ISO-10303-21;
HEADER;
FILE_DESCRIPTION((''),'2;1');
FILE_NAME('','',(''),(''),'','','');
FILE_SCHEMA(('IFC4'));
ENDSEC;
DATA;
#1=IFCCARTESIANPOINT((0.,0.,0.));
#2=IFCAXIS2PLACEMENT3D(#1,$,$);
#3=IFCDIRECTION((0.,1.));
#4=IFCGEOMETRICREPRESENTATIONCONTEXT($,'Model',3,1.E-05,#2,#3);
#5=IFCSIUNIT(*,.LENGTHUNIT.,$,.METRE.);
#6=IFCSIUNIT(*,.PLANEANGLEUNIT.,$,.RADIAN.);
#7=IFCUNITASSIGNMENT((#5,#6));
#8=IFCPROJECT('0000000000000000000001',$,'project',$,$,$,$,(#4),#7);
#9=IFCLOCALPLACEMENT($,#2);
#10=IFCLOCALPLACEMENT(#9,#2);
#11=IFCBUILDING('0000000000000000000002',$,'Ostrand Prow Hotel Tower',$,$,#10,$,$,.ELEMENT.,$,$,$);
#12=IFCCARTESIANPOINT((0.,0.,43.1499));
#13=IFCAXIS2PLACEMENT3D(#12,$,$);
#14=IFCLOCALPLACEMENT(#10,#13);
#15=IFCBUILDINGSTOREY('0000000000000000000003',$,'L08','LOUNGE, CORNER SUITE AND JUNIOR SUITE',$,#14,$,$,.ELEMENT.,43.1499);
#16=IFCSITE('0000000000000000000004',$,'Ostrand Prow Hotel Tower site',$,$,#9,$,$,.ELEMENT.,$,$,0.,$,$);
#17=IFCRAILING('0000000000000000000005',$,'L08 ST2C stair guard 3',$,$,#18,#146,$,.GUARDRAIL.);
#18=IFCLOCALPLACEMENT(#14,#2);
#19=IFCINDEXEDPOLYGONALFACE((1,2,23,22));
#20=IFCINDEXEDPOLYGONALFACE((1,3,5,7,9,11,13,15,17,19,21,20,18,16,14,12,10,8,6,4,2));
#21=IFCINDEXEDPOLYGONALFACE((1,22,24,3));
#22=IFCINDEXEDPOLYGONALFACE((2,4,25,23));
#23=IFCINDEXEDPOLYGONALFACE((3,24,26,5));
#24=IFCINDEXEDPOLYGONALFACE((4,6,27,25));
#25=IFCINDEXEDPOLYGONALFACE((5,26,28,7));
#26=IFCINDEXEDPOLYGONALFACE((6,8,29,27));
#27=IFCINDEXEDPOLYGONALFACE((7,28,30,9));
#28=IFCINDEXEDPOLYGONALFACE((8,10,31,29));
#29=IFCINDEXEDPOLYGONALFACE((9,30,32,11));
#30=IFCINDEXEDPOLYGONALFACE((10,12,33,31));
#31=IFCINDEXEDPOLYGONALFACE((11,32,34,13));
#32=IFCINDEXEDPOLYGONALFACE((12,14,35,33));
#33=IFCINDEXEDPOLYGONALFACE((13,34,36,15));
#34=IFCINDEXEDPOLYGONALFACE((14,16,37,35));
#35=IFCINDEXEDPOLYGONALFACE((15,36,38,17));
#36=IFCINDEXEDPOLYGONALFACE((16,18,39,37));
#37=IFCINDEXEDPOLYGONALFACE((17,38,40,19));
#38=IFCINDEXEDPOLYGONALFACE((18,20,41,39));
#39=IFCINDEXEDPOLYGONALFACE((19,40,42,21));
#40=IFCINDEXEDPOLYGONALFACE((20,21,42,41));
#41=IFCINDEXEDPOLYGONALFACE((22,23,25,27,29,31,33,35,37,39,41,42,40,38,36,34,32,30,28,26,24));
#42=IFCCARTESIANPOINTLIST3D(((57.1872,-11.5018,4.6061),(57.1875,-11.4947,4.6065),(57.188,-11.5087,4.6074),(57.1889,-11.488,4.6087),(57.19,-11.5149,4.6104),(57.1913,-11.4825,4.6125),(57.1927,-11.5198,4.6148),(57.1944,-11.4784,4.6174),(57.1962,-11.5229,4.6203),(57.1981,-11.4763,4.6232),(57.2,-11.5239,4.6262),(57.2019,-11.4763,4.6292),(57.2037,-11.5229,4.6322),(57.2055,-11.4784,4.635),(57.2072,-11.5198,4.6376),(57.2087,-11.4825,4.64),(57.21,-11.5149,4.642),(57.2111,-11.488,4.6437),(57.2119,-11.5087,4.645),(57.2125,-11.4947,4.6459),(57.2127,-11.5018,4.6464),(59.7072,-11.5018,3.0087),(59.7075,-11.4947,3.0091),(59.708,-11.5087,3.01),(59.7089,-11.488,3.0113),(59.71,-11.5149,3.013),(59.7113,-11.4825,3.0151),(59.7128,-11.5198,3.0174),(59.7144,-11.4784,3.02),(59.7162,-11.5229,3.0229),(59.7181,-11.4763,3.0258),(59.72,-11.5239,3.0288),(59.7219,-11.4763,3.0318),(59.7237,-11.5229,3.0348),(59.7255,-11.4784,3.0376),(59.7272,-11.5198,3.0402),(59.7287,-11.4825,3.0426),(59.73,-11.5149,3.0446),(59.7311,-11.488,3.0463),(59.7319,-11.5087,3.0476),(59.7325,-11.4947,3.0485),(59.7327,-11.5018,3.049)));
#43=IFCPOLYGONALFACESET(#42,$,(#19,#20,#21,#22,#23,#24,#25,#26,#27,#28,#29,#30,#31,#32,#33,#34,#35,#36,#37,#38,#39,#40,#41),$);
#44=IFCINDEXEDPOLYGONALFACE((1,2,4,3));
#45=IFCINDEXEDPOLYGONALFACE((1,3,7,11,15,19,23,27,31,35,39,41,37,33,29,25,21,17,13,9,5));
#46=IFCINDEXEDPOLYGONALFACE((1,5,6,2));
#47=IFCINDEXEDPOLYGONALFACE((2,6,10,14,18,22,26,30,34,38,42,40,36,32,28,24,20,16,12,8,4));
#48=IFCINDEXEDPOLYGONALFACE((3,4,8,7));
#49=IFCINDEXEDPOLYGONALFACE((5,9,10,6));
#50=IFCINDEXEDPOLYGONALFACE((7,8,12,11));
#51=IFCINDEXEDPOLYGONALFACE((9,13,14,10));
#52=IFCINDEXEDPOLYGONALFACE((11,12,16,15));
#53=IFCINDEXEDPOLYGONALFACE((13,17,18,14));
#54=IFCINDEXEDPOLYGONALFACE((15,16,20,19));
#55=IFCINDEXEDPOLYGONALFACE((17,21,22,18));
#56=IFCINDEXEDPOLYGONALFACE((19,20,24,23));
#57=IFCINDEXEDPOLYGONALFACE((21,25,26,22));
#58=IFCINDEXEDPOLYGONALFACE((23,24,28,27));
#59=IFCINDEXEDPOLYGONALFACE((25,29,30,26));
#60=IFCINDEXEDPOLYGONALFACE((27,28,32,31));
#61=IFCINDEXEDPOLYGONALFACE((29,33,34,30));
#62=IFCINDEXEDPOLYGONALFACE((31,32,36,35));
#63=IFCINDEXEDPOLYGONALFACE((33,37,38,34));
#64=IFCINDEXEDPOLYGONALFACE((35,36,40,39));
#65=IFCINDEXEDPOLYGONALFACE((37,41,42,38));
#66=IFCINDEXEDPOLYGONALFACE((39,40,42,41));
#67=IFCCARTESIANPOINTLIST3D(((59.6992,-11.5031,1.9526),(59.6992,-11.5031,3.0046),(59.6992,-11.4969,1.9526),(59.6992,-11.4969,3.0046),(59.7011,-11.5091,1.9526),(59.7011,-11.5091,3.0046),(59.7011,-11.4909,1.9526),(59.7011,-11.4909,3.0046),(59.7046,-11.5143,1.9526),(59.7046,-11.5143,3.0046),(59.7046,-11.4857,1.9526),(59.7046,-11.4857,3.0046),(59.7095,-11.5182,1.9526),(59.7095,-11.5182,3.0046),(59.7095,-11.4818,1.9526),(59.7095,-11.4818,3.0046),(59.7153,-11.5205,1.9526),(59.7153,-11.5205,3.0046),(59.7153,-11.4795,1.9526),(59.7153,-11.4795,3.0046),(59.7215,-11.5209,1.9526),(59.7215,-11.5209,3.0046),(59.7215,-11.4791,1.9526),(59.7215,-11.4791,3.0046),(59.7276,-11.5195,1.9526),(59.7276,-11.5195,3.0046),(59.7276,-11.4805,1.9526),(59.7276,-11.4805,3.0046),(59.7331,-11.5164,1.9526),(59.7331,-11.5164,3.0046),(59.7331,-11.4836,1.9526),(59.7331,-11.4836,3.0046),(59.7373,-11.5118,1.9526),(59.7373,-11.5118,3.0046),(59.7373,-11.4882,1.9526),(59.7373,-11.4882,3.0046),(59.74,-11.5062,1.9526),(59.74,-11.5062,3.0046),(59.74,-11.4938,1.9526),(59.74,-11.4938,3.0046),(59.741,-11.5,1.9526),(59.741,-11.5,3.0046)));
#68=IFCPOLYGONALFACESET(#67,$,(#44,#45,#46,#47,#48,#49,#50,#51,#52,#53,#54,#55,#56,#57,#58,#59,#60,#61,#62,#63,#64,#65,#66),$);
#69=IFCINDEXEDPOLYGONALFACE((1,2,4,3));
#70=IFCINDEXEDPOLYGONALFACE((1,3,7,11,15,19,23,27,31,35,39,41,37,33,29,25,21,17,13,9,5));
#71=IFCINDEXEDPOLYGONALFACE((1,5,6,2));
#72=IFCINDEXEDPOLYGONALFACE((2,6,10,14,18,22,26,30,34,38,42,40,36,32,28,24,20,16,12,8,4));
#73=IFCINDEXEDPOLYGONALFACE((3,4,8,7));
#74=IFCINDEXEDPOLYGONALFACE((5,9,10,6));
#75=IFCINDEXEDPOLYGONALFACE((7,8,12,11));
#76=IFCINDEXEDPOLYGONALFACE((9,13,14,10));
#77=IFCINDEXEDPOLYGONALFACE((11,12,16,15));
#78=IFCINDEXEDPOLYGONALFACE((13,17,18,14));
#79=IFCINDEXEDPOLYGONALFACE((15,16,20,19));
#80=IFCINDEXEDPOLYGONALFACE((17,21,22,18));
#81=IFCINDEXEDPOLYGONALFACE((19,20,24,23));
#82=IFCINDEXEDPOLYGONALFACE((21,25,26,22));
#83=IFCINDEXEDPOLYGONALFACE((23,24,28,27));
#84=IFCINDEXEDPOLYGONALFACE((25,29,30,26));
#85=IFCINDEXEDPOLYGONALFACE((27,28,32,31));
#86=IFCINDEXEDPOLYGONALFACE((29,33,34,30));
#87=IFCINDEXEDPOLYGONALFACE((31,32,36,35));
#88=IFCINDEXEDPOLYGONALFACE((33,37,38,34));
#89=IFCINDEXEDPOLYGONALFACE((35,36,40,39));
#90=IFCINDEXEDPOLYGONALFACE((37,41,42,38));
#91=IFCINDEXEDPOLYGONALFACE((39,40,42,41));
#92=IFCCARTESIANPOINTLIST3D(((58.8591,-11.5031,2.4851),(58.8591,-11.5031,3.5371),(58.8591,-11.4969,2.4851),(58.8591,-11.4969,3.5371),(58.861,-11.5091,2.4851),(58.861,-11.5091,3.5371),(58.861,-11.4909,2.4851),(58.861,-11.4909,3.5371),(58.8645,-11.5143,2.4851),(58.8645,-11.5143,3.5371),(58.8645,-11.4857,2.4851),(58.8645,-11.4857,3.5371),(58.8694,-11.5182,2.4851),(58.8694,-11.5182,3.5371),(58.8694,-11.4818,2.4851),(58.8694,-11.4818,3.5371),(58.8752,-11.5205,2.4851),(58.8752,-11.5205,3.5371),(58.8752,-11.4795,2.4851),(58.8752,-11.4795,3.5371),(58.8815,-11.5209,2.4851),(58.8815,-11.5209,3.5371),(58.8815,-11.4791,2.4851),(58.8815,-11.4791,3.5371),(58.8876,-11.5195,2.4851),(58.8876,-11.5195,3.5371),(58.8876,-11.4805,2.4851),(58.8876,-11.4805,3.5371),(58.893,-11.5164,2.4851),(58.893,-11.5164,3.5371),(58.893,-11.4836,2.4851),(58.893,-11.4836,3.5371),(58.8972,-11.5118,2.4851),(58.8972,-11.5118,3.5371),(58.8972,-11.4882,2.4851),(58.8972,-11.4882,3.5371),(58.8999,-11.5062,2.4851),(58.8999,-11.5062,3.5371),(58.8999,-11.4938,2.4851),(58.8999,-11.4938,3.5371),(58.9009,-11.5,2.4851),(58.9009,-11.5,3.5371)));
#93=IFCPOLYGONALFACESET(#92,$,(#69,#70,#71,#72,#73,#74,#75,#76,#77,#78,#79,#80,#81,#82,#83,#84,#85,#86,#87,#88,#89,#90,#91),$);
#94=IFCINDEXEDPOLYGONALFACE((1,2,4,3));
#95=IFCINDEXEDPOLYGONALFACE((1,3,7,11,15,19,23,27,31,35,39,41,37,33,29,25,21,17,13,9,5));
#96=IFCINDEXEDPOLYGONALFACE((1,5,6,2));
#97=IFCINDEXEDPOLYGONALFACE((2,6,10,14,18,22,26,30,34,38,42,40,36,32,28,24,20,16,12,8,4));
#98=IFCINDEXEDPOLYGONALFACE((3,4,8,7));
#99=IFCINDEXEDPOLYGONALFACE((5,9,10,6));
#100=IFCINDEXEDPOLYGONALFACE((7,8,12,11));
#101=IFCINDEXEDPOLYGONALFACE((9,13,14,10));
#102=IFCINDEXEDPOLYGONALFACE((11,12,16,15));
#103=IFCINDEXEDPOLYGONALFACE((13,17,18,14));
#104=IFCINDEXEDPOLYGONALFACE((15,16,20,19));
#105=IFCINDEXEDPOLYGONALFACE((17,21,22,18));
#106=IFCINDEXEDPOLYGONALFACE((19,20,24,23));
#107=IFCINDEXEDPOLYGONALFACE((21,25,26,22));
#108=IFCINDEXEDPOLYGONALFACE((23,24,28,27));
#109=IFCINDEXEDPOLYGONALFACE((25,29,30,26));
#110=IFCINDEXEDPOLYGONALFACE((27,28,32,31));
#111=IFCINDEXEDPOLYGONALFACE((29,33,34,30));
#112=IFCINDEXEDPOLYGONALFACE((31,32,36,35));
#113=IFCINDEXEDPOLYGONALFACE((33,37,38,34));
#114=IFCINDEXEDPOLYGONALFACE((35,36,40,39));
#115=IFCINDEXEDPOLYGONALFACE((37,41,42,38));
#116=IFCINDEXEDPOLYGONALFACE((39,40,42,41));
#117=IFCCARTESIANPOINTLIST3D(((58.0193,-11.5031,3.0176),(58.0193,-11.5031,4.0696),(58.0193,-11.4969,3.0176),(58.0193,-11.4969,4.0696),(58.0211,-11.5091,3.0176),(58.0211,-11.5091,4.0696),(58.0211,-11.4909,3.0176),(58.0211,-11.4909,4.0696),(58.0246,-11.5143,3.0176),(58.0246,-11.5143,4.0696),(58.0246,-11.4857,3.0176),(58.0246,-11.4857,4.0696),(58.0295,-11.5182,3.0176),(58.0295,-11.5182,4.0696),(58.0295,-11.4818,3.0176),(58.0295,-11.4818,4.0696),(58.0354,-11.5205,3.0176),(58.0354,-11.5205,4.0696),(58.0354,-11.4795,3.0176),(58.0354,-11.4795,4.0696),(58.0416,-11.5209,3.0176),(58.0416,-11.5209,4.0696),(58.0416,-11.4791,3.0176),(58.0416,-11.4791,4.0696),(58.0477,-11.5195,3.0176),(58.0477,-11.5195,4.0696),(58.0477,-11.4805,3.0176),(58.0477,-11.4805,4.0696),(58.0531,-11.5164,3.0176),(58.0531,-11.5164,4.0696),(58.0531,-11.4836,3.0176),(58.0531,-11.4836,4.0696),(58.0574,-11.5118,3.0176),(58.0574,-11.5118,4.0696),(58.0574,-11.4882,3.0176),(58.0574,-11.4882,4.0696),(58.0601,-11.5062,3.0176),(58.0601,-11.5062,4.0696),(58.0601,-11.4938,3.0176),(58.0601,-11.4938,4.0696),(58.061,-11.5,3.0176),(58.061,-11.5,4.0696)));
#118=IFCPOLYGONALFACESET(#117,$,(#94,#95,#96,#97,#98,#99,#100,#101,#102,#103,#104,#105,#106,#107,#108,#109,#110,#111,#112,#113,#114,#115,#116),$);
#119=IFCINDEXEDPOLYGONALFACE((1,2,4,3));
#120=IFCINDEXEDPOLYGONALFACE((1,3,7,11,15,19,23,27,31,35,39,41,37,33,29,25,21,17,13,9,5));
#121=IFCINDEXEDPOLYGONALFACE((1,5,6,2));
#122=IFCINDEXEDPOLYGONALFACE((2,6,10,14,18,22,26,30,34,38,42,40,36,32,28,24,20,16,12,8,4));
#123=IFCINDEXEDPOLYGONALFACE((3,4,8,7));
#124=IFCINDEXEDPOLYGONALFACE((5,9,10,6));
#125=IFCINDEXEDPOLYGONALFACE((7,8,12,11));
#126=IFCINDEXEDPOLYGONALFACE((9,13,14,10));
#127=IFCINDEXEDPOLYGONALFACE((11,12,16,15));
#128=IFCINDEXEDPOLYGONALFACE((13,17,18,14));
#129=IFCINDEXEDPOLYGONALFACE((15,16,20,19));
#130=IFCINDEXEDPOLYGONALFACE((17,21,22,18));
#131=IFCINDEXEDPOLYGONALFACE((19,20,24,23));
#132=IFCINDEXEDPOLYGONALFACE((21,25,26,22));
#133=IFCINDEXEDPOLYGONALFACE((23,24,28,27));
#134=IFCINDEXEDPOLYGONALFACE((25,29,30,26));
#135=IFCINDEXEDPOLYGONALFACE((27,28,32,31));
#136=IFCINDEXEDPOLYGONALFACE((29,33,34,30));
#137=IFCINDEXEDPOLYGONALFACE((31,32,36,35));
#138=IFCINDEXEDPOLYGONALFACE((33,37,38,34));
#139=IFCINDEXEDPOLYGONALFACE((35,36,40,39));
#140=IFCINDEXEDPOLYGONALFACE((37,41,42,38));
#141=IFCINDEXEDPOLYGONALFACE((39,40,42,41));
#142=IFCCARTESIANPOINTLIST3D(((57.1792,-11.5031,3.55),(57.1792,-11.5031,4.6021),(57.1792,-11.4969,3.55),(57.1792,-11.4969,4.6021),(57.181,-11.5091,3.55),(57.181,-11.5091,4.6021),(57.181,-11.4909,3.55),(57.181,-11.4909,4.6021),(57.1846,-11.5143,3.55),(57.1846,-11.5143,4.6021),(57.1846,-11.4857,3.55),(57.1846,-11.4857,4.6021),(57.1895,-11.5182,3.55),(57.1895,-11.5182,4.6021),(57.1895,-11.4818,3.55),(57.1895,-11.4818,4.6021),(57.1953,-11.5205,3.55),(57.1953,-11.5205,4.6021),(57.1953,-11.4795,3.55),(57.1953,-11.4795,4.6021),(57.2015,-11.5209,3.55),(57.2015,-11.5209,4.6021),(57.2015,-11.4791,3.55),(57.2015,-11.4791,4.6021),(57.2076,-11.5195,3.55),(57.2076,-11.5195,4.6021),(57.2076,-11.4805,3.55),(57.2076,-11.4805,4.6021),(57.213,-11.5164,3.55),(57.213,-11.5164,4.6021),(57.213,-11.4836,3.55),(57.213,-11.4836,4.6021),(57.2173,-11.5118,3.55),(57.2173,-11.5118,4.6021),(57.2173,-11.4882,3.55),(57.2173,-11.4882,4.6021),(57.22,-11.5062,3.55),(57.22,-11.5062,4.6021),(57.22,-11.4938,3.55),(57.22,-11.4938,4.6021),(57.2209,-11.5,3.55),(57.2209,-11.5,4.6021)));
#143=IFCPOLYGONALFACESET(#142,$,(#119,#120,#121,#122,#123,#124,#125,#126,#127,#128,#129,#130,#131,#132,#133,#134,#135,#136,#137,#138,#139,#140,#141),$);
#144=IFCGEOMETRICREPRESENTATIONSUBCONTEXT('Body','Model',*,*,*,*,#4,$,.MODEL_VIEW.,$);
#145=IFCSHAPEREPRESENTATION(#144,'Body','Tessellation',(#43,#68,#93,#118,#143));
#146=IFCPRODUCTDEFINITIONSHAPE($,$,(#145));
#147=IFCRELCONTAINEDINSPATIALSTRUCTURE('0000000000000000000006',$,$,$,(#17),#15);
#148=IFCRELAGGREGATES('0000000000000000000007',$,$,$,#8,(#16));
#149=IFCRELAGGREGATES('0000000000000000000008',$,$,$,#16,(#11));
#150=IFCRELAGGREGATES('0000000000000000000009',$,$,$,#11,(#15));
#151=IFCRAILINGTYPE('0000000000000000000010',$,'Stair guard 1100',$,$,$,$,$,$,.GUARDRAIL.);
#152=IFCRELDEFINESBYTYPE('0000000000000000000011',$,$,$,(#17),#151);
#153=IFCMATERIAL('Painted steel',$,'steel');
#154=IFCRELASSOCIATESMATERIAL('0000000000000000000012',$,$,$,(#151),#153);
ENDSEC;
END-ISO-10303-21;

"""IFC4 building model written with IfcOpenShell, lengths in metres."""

from ifc_helpers import new_model, si_unit, direction, frame, origin, origin_2d, place, context, subcontext, project, spatial, circle, extrude, material, type_object, element, save


model = new_model("IFC4")

# Units and contexts
model_context = context("Model", 3, precision=1e-05, world=origin(), true_north=direction((0.0, 1.0)))
body_context = subcontext(model_context, "Body", "Model", "MODEL_VIEW")
ifc_project = project(units=[si_unit("LENGTHUNIT", "METRE"), si_unit("PLANEANGLEUNIT", "RADIAN")], contexts=[model_context])

# Site, building, storey
site_placement = place(None, origin())
site = spatial("IfcSite", under=ifc_project, at=site_placement, Name="Ostrand Prow Hotel Tower site", CompositionType="ELEMENT", RefElevation=0.0)
building_placement = place(site_placement, origin())
building = spatial("IfcBuilding", under=site, at=building_placement, Name="Ostrand Prow Hotel Tower", CompositionType="ELEMENT")
storey_placement = place(building_placement, frame((0.0, 0.0, 43.1499)))
storey = spatial("IfcBuildingStorey", under=building, at=storey_placement, Name="L08", Description="LOUNGE, CORNER SUITE AND JUNIOR SUITE", CompositionType="ELEMENT", Elevation=43.1499)

# Railing
ifc_material_1 = material(Name="Painted steel", Category="steel")
railing_type_1 = type_object("IfcRailingType", Name="Stair guard 1100", PredefinedType="GUARDRAIL", material=ifc_material_1)
railing_1_placement = place(storey_placement, frame((59.72, -11.5, 1.9526)))
element("IfcRailing", 1, at=railing_1_placement, inside=storey, type_object=railing_type_1, Name="L08 ST2C stair guard 3", PredefinedType="GUARDRAIL", context=body_context, shape_type="SweptSolid", body=[
    extrude(circle(Radius=0.0239, at=origin_2d()), frame((0.0, 0.0, 1.0762), z_axis=(-0.844607, 0.0, 0.535387), x_axis=(0.0, -1.0, 0.0)), (0.0, 0.0, 1.0), 2.9836),
    extrude(circle(Radius=0.021, at=origin_2d()), origin(), (0.0, 0.0, 1.0), 1.052),
    extrude(circle(Radius=0.021, at=origin_2d()), frame((-0.8401, 0.0, 0.5325)), (0.0, 0.0, 1.0), 1.052),
    extrude(circle(Radius=0.021, at=origin_2d()), frame((-1.6799, 0.0, 1.0649)), (0.0, 0.0, 1.0), 1.052),
    extrude(circle(Radius=0.021, at=origin_2d()), frame((-2.52, 0.0, 1.5974)), (0.0, 0.0, 1.0), 1.052),
])

save(model, "model.ifc")
